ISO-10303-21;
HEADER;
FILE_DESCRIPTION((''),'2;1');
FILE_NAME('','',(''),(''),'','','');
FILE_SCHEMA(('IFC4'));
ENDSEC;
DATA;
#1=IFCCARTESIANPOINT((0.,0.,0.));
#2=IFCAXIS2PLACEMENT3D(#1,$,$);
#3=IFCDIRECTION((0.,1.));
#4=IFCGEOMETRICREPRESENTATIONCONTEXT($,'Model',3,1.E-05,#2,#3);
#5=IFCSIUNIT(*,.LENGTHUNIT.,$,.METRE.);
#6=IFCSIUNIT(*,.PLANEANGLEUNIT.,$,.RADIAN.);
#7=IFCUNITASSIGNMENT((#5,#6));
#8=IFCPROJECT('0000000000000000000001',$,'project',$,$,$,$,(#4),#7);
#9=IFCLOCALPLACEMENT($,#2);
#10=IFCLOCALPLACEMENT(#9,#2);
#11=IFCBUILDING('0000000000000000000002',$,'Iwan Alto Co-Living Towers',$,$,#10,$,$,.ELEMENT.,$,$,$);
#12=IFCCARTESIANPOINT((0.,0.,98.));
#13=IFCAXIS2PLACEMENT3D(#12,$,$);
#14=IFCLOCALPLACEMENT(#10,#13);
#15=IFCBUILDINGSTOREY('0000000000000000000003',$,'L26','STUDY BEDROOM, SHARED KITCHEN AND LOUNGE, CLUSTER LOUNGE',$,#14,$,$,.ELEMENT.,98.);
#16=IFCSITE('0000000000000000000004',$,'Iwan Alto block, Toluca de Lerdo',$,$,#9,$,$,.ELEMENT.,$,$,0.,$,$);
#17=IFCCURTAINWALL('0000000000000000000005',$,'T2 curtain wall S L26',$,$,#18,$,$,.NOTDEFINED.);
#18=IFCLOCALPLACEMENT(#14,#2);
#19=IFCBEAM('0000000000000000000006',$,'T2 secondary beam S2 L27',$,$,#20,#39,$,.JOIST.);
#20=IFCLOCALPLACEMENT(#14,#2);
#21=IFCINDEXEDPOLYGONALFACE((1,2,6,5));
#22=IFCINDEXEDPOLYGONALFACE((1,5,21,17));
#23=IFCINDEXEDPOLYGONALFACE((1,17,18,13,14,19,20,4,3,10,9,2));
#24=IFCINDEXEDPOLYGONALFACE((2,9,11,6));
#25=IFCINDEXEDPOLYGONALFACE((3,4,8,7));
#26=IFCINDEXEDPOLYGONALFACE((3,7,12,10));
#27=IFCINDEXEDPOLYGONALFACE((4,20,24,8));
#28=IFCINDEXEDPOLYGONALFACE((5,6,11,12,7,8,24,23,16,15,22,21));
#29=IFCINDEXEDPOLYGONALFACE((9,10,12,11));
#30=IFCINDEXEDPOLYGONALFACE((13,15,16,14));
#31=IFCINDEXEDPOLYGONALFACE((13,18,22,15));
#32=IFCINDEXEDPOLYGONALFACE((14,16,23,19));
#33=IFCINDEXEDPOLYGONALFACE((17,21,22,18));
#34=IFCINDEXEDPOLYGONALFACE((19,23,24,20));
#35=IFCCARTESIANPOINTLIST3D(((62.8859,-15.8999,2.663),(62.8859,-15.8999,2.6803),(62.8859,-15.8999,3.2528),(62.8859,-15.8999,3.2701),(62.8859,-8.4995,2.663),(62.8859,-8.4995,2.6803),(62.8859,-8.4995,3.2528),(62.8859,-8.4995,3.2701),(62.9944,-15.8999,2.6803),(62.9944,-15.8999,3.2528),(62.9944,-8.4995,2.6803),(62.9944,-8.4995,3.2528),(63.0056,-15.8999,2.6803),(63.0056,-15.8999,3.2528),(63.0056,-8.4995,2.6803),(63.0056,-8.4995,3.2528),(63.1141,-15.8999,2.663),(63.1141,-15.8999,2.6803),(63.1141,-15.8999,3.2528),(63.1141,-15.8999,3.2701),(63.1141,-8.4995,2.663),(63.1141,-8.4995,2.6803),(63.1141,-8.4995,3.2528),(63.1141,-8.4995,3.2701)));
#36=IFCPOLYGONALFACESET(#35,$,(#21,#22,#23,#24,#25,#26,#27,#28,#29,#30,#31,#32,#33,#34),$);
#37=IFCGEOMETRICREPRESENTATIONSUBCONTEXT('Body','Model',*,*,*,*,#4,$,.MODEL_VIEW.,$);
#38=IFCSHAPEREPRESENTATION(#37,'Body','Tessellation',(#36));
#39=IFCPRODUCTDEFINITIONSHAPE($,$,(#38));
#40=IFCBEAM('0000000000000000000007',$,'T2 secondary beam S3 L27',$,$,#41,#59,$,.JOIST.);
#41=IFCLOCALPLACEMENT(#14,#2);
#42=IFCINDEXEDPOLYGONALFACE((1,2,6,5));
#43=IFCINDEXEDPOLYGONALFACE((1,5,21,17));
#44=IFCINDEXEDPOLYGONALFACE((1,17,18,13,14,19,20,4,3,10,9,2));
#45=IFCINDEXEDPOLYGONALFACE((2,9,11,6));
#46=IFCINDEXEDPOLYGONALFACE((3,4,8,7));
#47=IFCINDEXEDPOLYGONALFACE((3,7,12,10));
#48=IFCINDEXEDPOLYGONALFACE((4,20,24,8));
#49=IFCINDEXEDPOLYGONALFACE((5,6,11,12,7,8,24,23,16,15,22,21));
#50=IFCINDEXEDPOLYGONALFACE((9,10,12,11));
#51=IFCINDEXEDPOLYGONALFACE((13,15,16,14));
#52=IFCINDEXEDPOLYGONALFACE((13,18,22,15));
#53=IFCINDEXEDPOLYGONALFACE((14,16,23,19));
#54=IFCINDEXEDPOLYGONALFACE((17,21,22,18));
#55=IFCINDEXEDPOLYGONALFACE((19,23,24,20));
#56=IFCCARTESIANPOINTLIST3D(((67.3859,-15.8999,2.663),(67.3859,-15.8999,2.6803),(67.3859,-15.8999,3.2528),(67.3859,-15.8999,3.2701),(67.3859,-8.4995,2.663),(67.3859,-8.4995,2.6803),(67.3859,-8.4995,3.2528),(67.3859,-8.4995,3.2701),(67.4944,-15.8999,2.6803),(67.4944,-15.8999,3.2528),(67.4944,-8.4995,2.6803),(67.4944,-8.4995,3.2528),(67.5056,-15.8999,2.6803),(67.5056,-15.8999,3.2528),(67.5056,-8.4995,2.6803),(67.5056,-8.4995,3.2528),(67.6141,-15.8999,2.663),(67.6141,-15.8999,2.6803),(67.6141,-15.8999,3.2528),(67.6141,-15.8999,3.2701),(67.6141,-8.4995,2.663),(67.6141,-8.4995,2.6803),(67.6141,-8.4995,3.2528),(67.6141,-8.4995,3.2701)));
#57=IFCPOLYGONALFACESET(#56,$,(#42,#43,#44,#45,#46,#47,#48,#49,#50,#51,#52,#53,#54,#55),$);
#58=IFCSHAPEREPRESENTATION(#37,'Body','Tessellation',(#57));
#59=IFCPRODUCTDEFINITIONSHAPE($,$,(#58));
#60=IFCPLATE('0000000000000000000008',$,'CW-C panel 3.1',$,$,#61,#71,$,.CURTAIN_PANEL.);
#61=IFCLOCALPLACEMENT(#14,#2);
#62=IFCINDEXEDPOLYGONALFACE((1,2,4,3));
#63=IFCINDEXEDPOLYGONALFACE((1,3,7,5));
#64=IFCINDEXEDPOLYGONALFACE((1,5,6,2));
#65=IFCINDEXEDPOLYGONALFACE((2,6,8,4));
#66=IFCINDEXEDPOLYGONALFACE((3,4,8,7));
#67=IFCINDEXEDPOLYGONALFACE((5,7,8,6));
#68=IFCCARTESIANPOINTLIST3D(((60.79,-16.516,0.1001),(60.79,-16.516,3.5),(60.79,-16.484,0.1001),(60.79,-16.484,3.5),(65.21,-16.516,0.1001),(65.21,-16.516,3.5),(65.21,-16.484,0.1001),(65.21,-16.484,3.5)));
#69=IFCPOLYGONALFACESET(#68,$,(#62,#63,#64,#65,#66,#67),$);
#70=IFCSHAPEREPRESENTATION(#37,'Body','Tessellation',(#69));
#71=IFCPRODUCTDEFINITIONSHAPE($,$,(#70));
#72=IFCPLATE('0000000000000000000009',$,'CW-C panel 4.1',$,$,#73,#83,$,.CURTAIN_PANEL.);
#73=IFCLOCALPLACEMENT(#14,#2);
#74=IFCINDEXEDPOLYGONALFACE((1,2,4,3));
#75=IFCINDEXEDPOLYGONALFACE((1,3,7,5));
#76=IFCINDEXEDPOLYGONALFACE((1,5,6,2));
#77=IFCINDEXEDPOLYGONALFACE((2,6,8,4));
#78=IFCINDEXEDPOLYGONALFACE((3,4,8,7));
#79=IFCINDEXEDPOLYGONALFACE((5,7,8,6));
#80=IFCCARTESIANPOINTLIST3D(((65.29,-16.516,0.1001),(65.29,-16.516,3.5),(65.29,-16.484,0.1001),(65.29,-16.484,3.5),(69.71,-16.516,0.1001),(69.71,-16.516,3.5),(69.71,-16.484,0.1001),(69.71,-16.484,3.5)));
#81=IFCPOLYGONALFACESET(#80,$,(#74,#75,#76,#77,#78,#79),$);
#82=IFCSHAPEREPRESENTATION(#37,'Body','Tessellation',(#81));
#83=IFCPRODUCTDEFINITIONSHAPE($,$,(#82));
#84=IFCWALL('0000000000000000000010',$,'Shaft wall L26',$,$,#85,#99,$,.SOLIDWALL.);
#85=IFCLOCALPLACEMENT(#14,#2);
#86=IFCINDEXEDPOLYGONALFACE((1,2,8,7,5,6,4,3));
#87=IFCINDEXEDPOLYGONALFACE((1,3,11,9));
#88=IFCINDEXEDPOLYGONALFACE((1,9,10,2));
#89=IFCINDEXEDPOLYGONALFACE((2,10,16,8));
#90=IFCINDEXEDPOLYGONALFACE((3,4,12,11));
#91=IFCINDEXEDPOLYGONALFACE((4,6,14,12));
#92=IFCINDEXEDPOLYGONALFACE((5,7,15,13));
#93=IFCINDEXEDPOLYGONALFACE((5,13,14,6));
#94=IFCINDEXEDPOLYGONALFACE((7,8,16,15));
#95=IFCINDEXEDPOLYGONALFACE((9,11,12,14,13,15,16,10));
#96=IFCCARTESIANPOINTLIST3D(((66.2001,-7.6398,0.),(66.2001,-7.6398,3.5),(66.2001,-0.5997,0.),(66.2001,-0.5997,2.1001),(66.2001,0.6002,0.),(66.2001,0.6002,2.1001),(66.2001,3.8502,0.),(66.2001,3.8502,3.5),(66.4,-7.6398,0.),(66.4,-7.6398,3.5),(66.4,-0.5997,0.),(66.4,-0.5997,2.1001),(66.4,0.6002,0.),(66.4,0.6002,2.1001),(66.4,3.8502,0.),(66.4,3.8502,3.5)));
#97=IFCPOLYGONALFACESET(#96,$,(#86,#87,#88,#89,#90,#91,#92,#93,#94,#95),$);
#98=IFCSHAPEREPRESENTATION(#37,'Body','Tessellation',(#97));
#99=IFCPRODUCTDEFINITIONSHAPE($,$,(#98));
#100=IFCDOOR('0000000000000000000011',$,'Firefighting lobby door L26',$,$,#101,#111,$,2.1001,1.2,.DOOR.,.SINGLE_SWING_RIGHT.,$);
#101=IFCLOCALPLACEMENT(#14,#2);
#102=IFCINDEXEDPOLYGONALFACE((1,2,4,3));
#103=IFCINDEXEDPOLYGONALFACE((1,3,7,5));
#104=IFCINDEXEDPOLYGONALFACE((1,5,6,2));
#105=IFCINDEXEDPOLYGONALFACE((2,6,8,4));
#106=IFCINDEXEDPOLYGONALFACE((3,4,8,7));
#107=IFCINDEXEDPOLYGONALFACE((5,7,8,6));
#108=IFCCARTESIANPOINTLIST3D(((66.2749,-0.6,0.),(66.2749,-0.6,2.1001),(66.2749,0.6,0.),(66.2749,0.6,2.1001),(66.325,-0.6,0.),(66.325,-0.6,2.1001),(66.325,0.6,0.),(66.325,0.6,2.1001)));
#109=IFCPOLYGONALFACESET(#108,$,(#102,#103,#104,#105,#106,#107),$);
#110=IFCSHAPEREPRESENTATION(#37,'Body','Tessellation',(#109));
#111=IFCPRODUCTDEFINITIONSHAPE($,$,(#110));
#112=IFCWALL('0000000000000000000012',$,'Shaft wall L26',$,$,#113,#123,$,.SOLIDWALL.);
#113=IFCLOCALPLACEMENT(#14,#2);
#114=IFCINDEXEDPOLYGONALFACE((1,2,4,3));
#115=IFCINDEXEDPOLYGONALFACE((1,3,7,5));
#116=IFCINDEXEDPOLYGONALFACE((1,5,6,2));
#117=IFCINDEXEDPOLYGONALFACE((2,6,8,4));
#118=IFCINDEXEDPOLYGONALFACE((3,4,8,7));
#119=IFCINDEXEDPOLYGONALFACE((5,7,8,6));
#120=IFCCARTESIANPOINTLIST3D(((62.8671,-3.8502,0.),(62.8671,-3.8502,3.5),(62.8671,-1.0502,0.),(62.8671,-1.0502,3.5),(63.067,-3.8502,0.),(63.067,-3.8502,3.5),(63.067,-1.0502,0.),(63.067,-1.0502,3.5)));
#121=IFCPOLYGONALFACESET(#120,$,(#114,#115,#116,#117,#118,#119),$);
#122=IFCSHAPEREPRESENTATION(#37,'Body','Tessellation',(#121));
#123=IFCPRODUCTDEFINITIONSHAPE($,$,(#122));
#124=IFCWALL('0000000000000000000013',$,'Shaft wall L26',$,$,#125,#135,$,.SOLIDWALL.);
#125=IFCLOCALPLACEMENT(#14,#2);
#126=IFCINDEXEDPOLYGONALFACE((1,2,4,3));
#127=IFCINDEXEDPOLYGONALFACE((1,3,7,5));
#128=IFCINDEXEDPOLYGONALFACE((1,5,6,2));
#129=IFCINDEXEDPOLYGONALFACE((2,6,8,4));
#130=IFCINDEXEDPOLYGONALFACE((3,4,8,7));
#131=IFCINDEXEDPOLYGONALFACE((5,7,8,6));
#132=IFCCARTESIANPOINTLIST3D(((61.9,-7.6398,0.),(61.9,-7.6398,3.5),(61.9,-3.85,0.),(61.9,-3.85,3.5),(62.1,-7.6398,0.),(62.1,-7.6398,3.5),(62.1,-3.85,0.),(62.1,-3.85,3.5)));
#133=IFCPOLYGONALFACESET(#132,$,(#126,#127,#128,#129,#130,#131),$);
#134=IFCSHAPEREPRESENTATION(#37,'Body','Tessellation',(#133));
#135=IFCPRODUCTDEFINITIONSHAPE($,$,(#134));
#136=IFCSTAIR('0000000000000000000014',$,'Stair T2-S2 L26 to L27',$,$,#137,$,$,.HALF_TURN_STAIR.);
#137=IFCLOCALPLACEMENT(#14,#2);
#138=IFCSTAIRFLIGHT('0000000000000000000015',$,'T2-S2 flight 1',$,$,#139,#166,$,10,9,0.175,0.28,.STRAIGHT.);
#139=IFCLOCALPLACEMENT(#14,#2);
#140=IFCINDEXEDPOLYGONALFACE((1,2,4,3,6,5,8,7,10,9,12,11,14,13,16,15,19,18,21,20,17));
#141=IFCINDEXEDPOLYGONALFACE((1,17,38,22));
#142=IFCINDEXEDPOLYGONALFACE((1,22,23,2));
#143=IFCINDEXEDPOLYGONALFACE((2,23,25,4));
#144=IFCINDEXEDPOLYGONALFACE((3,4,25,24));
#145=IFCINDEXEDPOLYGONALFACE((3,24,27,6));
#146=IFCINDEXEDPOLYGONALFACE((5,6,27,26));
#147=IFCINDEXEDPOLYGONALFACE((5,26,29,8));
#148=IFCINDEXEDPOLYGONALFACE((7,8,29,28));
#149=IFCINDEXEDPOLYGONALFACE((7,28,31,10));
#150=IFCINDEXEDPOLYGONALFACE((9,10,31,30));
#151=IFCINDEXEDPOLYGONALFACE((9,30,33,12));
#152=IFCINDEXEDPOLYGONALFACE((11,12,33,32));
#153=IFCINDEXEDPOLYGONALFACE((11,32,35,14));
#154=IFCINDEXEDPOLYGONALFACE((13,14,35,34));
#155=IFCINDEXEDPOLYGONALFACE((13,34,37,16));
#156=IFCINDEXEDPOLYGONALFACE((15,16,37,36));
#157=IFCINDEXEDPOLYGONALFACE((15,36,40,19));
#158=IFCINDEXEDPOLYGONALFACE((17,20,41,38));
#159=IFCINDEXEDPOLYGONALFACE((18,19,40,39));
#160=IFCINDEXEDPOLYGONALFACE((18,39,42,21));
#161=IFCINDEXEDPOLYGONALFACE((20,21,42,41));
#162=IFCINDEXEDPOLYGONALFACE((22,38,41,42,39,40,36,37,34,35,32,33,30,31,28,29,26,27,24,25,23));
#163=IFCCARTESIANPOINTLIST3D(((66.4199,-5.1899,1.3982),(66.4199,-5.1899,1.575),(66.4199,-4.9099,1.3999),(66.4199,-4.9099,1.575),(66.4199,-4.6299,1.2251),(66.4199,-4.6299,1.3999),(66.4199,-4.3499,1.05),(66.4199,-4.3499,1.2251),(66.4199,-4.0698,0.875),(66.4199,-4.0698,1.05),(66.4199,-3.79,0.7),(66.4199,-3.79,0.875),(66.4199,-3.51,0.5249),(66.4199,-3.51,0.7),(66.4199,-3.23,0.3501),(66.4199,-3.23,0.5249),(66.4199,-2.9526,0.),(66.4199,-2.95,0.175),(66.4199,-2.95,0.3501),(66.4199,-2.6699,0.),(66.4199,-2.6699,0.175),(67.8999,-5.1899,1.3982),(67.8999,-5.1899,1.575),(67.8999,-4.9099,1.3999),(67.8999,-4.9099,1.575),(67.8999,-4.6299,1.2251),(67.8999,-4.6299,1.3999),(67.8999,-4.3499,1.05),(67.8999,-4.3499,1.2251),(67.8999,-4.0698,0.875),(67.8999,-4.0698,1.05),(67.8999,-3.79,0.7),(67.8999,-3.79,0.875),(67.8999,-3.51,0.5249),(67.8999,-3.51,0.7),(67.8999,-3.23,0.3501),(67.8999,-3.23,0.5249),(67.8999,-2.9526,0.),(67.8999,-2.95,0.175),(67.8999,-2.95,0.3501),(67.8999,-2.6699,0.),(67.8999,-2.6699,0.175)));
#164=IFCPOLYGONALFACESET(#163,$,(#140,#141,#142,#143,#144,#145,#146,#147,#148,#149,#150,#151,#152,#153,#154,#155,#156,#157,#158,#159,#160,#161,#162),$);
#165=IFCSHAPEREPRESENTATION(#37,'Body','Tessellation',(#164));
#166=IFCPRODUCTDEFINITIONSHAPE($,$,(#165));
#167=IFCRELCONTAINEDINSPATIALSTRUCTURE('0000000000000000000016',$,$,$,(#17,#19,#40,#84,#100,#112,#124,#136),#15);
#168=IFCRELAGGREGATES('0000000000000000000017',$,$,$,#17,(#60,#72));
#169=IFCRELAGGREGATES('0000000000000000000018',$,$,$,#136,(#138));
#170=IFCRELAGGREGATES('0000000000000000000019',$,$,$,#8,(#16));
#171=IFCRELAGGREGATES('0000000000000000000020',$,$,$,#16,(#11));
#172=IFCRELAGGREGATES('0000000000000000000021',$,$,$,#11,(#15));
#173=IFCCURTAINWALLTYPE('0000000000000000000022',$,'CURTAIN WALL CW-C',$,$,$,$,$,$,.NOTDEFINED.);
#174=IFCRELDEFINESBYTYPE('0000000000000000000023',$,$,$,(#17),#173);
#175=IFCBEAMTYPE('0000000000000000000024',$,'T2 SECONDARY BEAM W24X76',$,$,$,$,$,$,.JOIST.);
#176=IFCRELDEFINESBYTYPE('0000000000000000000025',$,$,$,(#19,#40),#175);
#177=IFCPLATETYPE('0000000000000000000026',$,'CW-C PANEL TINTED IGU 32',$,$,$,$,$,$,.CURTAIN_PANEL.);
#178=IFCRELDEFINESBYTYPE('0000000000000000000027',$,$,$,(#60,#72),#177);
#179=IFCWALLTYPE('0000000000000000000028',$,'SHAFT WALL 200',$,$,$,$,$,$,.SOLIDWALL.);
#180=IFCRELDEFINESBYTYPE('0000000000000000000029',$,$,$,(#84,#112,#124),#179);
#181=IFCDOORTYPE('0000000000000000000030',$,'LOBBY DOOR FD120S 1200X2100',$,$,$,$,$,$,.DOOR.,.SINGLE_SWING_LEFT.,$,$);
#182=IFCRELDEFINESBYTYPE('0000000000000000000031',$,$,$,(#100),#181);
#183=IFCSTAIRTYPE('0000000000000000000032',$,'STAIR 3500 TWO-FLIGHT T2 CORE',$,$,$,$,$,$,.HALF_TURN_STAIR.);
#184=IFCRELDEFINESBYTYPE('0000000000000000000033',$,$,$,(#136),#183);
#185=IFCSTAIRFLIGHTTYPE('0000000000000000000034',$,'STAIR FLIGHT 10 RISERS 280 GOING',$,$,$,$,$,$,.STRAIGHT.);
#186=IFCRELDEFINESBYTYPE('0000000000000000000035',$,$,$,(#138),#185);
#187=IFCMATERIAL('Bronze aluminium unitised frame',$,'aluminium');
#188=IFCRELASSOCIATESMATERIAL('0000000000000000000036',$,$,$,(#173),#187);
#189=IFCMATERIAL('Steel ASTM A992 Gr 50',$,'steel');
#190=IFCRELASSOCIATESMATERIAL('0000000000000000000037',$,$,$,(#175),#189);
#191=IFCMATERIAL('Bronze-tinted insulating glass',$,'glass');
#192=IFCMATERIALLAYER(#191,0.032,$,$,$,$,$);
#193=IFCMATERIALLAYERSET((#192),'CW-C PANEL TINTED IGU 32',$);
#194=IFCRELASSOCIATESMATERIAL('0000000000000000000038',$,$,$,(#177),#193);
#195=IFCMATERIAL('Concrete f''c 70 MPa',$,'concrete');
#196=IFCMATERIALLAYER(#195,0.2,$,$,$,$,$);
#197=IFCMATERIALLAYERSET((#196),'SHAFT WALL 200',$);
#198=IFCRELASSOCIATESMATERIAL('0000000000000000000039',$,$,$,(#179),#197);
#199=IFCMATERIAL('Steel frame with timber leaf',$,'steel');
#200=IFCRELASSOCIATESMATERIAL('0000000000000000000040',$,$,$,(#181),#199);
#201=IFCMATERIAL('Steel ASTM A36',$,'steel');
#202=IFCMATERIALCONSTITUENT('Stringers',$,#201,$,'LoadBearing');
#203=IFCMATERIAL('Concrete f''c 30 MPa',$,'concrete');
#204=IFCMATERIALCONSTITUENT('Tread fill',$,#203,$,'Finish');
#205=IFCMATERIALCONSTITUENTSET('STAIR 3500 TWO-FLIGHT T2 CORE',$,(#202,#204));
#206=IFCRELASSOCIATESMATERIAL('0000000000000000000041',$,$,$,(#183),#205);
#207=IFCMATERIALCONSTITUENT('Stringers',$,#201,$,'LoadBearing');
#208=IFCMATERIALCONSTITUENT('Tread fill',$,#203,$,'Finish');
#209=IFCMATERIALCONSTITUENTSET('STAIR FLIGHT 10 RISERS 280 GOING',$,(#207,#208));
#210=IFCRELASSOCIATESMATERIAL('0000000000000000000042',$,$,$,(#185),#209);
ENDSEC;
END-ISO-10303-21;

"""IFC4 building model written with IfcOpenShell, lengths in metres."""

from ifc_helpers import new_model, si_unit, direction, frame, frame_2d, origin, origin_2d, place, context, subcontext, project, spatial, polyline, rectangle, i_section, outline, extrude, material, layer, layer_set, constituent, constituent_set, material_profile, profile_set, type_object, element, fill, aggregate, save


model = new_model("IFC4")

# Units and contexts
model_context = context("Model", 3, precision=1e-05, world=origin(), true_north=direction((0.0, 1.0)))
body_context = subcontext(model_context, "Body", "Model", "MODEL_VIEW")
ifc_project = project(units=[si_unit("LENGTHUNIT", "METRE"), si_unit("PLANEANGLEUNIT", "RADIAN")], contexts=[model_context])

# Site, building, storey
site_placement = place(None, origin())
site = spatial("IfcSite", under=ifc_project, at=site_placement, Name="Iwan Alto block, Toluca de Lerdo", CompositionType="ELEMENT", RefElevation=0.0)
building_placement = place(site_placement, origin())
building = spatial("IfcBuilding", under=site, at=building_placement, Name="Iwan Alto Co-Living Towers", CompositionType="ELEMENT")
storey_placement = place(building_placement, frame((0.0, 0.0, 98.0)))
storey = spatial("IfcBuildingStorey", under=building, at=storey_placement, Name="L26", Description="STUDY BEDROOM, SHARED KITCHEN AND LOUNGE, CLUSTER LOUNGE", CompositionType="ELEMENT", Elevation=98.0)

# Curtain wall
ifc_material_1 = material(Name="Bronze aluminium unitised frame", Category="aluminium")
curtain_wall_type = type_object("IfcCurtainWallType", Name="CURTAIN WALL CW-C", PredefinedType="NOTDEFINED", material=ifc_material_1)
curtain_wall_placement = place(storey_placement, origin())
curtain_wall = element("IfcCurtainWall", 1, at=curtain_wall_placement, inside=storey, type_object=curtain_wall_type, Name="T2 curtain wall S L26", PredefinedType="NOTDEFINED")

# Beams
ifc_material_2 = material(Name="Steel ASTM A992 Gr 50", Category="steel")
ifc_material_profile_1 = material_profile(ifc_material_2, i_section(OverallWidth=0.2283, OverallDepth=0.6072, WebThickness=0.0112, FlangeThickness=0.0173, at=origin_2d()), Name="W24X76")
ifc_profile_set_1 = profile_set([ifc_material_profile_1], Name="Steel ASTM A992 Gr 50")
beam_type_1 = type_object("IfcBeamType", Name="T2 SECONDARY BEAM W24X76", PredefinedType="JOIST", material=ifc_profile_set_1)
for number, where, z_axis, x_axis, name in (
    (2, (63.0, -15.8999, 2.9666), (0.0, 1.0, 0.0), (-1.0, 0.0, 0.0), "T2 secondary beam S2 L27"),
    (3, (67.5, -15.8999, 2.9666), (0.0, 1.0, 0.0), (-1.0, 0.0, 0.0), "T2 secondary beam S3 L27"),
):
    element("IfcBeam", number, at=place(storey_placement, frame(where, z_axis=z_axis, x_axis=x_axis)), inside=storey, type_object=beam_type_1, Name=name, PredefinedType="JOIST", context=body_context, shape_type="SweptSolid", body=[
        extrude(i_section(OverallWidth=0.2283, OverallDepth=0.6072, WebThickness=0.0112, FlangeThickness=0.0173, at=origin_2d()), origin(), (0.0, 0.0, 1.0), 7.4004),
    ])

# Plates
ifc_material_3 = material(Name="Bronze-tinted insulating glass", Category="glass")
ifc_layer_1 = layer(ifc_material_3, 0.032)
ifc_layer_set_1 = layer_set([ifc_layer_1], Name="CW-C PANEL TINTED IGU 32")
plate_type = type_object("IfcPlateType", Name="CW-C PANEL TINTED IGU 32", PredefinedType="CURTAIN_PANEL", material=ifc_layer_set_1)
plate_1_placement = place(storey_placement, frame((63.0, -16.5, 0.1001), z_axis=(0.0, 0.0, 1.0), x_axis=(1.0, 0.0, 0.0)))
plate_1 = element("IfcPlate", 4, at=plate_1_placement, type_object=plate_type, Name="CW-C panel 3.1", PredefinedType="CURTAIN_PANEL", context=body_context, shape_type="SweptSolid", body=[
    extrude(rectangle(XDim=4.4199, YDim=0.032, at=origin_2d()), origin(), (0.0, 0.0, 1.0), 3.3999),
])
plate_2_placement = place(storey_placement, frame((67.5, -16.5, 0.1001), z_axis=(0.0, 0.0, 1.0), x_axis=(1.0, 0.0, 0.0)))
plate_2 = element("IfcPlate", 5, at=plate_2_placement, type_object=plate_type, Name="CW-C panel 4.1", PredefinedType="CURTAIN_PANEL", context=body_context, shape_type="SweptSolid", body=[
    extrude(rectangle(XDim=4.4199, YDim=0.032, at=origin_2d()), origin(), (0.0, 0.0, 1.0), 3.3999),
])
aggregate(curtain_wall, [plate_1, plate_2])

# Wall, opening, door
ifc_material_4 = material(Name="Concrete f'c 70 MPa", Category="concrete")
ifc_layer_2 = layer(ifc_material_4, 0.2)
ifc_layer_set_2 = layer_set([ifc_layer_2], Name="SHAFT WALL 200")
wall_type = type_object("IfcWallType", Name="SHAFT WALL 200", PredefinedType="SOLIDWALL", material=ifc_layer_set_2)
wall_1_placement = place(storey_placement, frame((66.3, -7.6399, 0.0), z_axis=(0.0, 0.0, 1.0), x_axis=(0.0, 1.0, 0.0)))
wall_1 = element("IfcWall", 6, at=wall_1_placement, inside=storey, type_object=wall_type, Name="Shaft wall L26", PredefinedType="SOLIDWALL", context=body_context, shape_type="SweptSolid", body=[
    extrude(rectangle(XDim=11.49, YDim=0.2, at=frame_2d((5.7451, 0.0))), origin(), (0.0, 0.0, 1.0), 3.5),
])
opening_placement = place(wall_1_placement, frame((7.04, 0.0, 0.0)))
opening = element("IfcOpeningElement", 7, at=opening_placement, cuts=wall_1, PredefinedType="OPENING", context=body_context, shape_type="SweptSolid", body=[
    extrude(rectangle(XDim=1.2, YDim=2.1001, at=frame_2d((0.6001, 1.05))), frame((0.0, 0.1099, 0.0), z_axis=(0.0, -1.0, 0.0), x_axis=(1.0, 0.0, 0.0)), (0.0, 0.0, 1.0), 0.22),
])
ifc_material_5 = material(Name="Steel frame with timber leaf", Category="steel")
door_type = type_object("IfcDoorType", Name="LOBBY DOOR FD120S 1200X2100", OperationType="SINGLE_SWING_LEFT", PredefinedType="DOOR", material=ifc_material_5)
door_placement = place(opening_placement, frame((1.2, 0.0, 0.0), z_axis=(0.0, 0.0, 1.0), x_axis=(-1.0, 0.0, 0.0)))
door = element("IfcDoor", 8, at=door_placement, inside=storey, type_object=door_type, Name="Firefighting lobby door L26", OperationType="SINGLE_SWING_RIGHT", OverallHeight=2.1001, OverallWidth=1.2, PredefinedType="DOOR", context=body_context, shape_type="SweptSolid", body=[
    extrude(rectangle(XDim=1.2, YDim=2.1001, at=frame_2d((0.6001, 1.05))), frame((0.0, 0.0249, 0.0), z_axis=(0.0, -1.0, 0.0), x_axis=(1.0, 0.0, 0.0)), (0.0, 0.0, 1.0), 0.05),
])
fill(opening, door)

# Walls
wall_2_placement = place(storey_placement, frame((62.967, -3.8501, 0.0), z_axis=(0.0, 0.0, 1.0), x_axis=(0.0, 1.0, 0.0)))
element("IfcWall", 9, at=wall_2_placement, inside=storey, type_object=wall_type, Name="Shaft wall L26", PredefinedType="SOLIDWALL", context=body_context, shape_type="SweptSolid", body=[
    extrude(rectangle(XDim=2.8, YDim=0.2, at=frame_2d((1.3999, 0.0))), origin(), (0.0, 0.0, 1.0), 3.5),
])
wall_3_placement = place(storey_placement, frame((62.0, -7.6399, 0.0), z_axis=(0.0, 0.0, 1.0), x_axis=(0.0, 1.0, 0.0)))
element("IfcWall", 10, at=wall_3_placement, inside=storey, type_object=wall_type, Name="Shaft wall L26", PredefinedType="SOLIDWALL", context=body_context, shape_type="SweptSolid", body=[
    extrude(rectangle(XDim=3.7898, YDim=0.2, at=frame_2d((1.895, 0.0))), origin(), (0.0, 0.0, 1.0), 3.5),
])

# Stair, stair flight
ifc_material_6 = material(Name="Steel ASTM A36", Category="steel")
ifc_constituent_1 = constituent(ifc_material_6, Name="Stringers", Category="LoadBearing")
ifc_material_7 = material(Name="Concrete f'c 30 MPa", Category="concrete")
ifc_constituent_2 = constituent(ifc_material_7, Name="Tread fill", Category="Finish")
ifc_constituent_set_1 = constituent_set(constituents=[ifc_constituent_1, ifc_constituent_2], Name="STAIR 3500 TWO-FLIGHT T2 CORE")
stair_type = type_object("IfcStairType", Name="STAIR 3500 TWO-FLIGHT T2 CORE", PredefinedType="HALF_TURN_STAIR", material=ifc_constituent_set_1)
stair_placement = place(storey_placement, origin())
stair = element("IfcStair", 11, at=stair_placement, inside=storey, type_object=stair_type, Name="Stair T2-S2 L26 to L27", PredefinedType="HALF_TURN_STAIR")
ifc_constituent_3 = constituent(ifc_material_6, Name="Stringers", Category="LoadBearing")
ifc_constituent_4 = constituent(ifc_material_7, Name="Tread fill", Category="Finish")
ifc_constituent_set_2 = constituent_set(constituents=[ifc_constituent_3, ifc_constituent_4], Name="STAIR FLIGHT 10 RISERS 280 GOING")
stair_flight_type = type_object("IfcStairFlightType", Name="STAIR FLIGHT 10 RISERS 280 GOING", PredefinedType="STRAIGHT", material=ifc_constituent_set_2)
stair_flight_1_placement = place(storey_placement, frame((67.1599, -2.6699, 0.0), z_axis=(0.0, 0.0, 1.0), x_axis=(0.0, -1.0, 0.0)))
stair_flight_1 = element("IfcStairFlight", 12, at=stair_flight_1_placement, type_object=stair_flight_type, Name="T2-S2 flight 1", NumberOfRisers=10, NumberOfTreads=9, PredefinedType="STRAIGHT", RiserHeight=0.175, TreadLength=0.28, context=body_context, shape_type="SweptSolid", body=[
    extrude(outline(polyline([(0.0, 0.0), (0.0, 0.175), (0.28, 0.175), (0.28, 0.3501), (0.5601, 0.3501), (0.5601, 0.5249), (0.8401, 0.5249), (0.8401, 0.7), (1.1201, 0.7), (1.1201, 0.875), (1.3999, 0.875), (1.3999, 1.05), (1.6799, 1.05), (1.6799, 1.2251), (1.96, 1.2251), (1.96, 1.3999), (2.24, 1.3999), (2.24, 1.575), (2.52, 1.575), (2.52, 1.75), (2.52, 1.3982), (0.2827, 0.0), (0.0, 0.0)])), frame((0.0, 0.74, 0.0), z_axis=(0.0, -1.0, 0.0), x_axis=(1.0, 0.0, 0.0)), (0.0, 0.0, 1.0), 1.48),
])
aggregate(stair, [stair_flight_1])

save(model, "model.ifc")
